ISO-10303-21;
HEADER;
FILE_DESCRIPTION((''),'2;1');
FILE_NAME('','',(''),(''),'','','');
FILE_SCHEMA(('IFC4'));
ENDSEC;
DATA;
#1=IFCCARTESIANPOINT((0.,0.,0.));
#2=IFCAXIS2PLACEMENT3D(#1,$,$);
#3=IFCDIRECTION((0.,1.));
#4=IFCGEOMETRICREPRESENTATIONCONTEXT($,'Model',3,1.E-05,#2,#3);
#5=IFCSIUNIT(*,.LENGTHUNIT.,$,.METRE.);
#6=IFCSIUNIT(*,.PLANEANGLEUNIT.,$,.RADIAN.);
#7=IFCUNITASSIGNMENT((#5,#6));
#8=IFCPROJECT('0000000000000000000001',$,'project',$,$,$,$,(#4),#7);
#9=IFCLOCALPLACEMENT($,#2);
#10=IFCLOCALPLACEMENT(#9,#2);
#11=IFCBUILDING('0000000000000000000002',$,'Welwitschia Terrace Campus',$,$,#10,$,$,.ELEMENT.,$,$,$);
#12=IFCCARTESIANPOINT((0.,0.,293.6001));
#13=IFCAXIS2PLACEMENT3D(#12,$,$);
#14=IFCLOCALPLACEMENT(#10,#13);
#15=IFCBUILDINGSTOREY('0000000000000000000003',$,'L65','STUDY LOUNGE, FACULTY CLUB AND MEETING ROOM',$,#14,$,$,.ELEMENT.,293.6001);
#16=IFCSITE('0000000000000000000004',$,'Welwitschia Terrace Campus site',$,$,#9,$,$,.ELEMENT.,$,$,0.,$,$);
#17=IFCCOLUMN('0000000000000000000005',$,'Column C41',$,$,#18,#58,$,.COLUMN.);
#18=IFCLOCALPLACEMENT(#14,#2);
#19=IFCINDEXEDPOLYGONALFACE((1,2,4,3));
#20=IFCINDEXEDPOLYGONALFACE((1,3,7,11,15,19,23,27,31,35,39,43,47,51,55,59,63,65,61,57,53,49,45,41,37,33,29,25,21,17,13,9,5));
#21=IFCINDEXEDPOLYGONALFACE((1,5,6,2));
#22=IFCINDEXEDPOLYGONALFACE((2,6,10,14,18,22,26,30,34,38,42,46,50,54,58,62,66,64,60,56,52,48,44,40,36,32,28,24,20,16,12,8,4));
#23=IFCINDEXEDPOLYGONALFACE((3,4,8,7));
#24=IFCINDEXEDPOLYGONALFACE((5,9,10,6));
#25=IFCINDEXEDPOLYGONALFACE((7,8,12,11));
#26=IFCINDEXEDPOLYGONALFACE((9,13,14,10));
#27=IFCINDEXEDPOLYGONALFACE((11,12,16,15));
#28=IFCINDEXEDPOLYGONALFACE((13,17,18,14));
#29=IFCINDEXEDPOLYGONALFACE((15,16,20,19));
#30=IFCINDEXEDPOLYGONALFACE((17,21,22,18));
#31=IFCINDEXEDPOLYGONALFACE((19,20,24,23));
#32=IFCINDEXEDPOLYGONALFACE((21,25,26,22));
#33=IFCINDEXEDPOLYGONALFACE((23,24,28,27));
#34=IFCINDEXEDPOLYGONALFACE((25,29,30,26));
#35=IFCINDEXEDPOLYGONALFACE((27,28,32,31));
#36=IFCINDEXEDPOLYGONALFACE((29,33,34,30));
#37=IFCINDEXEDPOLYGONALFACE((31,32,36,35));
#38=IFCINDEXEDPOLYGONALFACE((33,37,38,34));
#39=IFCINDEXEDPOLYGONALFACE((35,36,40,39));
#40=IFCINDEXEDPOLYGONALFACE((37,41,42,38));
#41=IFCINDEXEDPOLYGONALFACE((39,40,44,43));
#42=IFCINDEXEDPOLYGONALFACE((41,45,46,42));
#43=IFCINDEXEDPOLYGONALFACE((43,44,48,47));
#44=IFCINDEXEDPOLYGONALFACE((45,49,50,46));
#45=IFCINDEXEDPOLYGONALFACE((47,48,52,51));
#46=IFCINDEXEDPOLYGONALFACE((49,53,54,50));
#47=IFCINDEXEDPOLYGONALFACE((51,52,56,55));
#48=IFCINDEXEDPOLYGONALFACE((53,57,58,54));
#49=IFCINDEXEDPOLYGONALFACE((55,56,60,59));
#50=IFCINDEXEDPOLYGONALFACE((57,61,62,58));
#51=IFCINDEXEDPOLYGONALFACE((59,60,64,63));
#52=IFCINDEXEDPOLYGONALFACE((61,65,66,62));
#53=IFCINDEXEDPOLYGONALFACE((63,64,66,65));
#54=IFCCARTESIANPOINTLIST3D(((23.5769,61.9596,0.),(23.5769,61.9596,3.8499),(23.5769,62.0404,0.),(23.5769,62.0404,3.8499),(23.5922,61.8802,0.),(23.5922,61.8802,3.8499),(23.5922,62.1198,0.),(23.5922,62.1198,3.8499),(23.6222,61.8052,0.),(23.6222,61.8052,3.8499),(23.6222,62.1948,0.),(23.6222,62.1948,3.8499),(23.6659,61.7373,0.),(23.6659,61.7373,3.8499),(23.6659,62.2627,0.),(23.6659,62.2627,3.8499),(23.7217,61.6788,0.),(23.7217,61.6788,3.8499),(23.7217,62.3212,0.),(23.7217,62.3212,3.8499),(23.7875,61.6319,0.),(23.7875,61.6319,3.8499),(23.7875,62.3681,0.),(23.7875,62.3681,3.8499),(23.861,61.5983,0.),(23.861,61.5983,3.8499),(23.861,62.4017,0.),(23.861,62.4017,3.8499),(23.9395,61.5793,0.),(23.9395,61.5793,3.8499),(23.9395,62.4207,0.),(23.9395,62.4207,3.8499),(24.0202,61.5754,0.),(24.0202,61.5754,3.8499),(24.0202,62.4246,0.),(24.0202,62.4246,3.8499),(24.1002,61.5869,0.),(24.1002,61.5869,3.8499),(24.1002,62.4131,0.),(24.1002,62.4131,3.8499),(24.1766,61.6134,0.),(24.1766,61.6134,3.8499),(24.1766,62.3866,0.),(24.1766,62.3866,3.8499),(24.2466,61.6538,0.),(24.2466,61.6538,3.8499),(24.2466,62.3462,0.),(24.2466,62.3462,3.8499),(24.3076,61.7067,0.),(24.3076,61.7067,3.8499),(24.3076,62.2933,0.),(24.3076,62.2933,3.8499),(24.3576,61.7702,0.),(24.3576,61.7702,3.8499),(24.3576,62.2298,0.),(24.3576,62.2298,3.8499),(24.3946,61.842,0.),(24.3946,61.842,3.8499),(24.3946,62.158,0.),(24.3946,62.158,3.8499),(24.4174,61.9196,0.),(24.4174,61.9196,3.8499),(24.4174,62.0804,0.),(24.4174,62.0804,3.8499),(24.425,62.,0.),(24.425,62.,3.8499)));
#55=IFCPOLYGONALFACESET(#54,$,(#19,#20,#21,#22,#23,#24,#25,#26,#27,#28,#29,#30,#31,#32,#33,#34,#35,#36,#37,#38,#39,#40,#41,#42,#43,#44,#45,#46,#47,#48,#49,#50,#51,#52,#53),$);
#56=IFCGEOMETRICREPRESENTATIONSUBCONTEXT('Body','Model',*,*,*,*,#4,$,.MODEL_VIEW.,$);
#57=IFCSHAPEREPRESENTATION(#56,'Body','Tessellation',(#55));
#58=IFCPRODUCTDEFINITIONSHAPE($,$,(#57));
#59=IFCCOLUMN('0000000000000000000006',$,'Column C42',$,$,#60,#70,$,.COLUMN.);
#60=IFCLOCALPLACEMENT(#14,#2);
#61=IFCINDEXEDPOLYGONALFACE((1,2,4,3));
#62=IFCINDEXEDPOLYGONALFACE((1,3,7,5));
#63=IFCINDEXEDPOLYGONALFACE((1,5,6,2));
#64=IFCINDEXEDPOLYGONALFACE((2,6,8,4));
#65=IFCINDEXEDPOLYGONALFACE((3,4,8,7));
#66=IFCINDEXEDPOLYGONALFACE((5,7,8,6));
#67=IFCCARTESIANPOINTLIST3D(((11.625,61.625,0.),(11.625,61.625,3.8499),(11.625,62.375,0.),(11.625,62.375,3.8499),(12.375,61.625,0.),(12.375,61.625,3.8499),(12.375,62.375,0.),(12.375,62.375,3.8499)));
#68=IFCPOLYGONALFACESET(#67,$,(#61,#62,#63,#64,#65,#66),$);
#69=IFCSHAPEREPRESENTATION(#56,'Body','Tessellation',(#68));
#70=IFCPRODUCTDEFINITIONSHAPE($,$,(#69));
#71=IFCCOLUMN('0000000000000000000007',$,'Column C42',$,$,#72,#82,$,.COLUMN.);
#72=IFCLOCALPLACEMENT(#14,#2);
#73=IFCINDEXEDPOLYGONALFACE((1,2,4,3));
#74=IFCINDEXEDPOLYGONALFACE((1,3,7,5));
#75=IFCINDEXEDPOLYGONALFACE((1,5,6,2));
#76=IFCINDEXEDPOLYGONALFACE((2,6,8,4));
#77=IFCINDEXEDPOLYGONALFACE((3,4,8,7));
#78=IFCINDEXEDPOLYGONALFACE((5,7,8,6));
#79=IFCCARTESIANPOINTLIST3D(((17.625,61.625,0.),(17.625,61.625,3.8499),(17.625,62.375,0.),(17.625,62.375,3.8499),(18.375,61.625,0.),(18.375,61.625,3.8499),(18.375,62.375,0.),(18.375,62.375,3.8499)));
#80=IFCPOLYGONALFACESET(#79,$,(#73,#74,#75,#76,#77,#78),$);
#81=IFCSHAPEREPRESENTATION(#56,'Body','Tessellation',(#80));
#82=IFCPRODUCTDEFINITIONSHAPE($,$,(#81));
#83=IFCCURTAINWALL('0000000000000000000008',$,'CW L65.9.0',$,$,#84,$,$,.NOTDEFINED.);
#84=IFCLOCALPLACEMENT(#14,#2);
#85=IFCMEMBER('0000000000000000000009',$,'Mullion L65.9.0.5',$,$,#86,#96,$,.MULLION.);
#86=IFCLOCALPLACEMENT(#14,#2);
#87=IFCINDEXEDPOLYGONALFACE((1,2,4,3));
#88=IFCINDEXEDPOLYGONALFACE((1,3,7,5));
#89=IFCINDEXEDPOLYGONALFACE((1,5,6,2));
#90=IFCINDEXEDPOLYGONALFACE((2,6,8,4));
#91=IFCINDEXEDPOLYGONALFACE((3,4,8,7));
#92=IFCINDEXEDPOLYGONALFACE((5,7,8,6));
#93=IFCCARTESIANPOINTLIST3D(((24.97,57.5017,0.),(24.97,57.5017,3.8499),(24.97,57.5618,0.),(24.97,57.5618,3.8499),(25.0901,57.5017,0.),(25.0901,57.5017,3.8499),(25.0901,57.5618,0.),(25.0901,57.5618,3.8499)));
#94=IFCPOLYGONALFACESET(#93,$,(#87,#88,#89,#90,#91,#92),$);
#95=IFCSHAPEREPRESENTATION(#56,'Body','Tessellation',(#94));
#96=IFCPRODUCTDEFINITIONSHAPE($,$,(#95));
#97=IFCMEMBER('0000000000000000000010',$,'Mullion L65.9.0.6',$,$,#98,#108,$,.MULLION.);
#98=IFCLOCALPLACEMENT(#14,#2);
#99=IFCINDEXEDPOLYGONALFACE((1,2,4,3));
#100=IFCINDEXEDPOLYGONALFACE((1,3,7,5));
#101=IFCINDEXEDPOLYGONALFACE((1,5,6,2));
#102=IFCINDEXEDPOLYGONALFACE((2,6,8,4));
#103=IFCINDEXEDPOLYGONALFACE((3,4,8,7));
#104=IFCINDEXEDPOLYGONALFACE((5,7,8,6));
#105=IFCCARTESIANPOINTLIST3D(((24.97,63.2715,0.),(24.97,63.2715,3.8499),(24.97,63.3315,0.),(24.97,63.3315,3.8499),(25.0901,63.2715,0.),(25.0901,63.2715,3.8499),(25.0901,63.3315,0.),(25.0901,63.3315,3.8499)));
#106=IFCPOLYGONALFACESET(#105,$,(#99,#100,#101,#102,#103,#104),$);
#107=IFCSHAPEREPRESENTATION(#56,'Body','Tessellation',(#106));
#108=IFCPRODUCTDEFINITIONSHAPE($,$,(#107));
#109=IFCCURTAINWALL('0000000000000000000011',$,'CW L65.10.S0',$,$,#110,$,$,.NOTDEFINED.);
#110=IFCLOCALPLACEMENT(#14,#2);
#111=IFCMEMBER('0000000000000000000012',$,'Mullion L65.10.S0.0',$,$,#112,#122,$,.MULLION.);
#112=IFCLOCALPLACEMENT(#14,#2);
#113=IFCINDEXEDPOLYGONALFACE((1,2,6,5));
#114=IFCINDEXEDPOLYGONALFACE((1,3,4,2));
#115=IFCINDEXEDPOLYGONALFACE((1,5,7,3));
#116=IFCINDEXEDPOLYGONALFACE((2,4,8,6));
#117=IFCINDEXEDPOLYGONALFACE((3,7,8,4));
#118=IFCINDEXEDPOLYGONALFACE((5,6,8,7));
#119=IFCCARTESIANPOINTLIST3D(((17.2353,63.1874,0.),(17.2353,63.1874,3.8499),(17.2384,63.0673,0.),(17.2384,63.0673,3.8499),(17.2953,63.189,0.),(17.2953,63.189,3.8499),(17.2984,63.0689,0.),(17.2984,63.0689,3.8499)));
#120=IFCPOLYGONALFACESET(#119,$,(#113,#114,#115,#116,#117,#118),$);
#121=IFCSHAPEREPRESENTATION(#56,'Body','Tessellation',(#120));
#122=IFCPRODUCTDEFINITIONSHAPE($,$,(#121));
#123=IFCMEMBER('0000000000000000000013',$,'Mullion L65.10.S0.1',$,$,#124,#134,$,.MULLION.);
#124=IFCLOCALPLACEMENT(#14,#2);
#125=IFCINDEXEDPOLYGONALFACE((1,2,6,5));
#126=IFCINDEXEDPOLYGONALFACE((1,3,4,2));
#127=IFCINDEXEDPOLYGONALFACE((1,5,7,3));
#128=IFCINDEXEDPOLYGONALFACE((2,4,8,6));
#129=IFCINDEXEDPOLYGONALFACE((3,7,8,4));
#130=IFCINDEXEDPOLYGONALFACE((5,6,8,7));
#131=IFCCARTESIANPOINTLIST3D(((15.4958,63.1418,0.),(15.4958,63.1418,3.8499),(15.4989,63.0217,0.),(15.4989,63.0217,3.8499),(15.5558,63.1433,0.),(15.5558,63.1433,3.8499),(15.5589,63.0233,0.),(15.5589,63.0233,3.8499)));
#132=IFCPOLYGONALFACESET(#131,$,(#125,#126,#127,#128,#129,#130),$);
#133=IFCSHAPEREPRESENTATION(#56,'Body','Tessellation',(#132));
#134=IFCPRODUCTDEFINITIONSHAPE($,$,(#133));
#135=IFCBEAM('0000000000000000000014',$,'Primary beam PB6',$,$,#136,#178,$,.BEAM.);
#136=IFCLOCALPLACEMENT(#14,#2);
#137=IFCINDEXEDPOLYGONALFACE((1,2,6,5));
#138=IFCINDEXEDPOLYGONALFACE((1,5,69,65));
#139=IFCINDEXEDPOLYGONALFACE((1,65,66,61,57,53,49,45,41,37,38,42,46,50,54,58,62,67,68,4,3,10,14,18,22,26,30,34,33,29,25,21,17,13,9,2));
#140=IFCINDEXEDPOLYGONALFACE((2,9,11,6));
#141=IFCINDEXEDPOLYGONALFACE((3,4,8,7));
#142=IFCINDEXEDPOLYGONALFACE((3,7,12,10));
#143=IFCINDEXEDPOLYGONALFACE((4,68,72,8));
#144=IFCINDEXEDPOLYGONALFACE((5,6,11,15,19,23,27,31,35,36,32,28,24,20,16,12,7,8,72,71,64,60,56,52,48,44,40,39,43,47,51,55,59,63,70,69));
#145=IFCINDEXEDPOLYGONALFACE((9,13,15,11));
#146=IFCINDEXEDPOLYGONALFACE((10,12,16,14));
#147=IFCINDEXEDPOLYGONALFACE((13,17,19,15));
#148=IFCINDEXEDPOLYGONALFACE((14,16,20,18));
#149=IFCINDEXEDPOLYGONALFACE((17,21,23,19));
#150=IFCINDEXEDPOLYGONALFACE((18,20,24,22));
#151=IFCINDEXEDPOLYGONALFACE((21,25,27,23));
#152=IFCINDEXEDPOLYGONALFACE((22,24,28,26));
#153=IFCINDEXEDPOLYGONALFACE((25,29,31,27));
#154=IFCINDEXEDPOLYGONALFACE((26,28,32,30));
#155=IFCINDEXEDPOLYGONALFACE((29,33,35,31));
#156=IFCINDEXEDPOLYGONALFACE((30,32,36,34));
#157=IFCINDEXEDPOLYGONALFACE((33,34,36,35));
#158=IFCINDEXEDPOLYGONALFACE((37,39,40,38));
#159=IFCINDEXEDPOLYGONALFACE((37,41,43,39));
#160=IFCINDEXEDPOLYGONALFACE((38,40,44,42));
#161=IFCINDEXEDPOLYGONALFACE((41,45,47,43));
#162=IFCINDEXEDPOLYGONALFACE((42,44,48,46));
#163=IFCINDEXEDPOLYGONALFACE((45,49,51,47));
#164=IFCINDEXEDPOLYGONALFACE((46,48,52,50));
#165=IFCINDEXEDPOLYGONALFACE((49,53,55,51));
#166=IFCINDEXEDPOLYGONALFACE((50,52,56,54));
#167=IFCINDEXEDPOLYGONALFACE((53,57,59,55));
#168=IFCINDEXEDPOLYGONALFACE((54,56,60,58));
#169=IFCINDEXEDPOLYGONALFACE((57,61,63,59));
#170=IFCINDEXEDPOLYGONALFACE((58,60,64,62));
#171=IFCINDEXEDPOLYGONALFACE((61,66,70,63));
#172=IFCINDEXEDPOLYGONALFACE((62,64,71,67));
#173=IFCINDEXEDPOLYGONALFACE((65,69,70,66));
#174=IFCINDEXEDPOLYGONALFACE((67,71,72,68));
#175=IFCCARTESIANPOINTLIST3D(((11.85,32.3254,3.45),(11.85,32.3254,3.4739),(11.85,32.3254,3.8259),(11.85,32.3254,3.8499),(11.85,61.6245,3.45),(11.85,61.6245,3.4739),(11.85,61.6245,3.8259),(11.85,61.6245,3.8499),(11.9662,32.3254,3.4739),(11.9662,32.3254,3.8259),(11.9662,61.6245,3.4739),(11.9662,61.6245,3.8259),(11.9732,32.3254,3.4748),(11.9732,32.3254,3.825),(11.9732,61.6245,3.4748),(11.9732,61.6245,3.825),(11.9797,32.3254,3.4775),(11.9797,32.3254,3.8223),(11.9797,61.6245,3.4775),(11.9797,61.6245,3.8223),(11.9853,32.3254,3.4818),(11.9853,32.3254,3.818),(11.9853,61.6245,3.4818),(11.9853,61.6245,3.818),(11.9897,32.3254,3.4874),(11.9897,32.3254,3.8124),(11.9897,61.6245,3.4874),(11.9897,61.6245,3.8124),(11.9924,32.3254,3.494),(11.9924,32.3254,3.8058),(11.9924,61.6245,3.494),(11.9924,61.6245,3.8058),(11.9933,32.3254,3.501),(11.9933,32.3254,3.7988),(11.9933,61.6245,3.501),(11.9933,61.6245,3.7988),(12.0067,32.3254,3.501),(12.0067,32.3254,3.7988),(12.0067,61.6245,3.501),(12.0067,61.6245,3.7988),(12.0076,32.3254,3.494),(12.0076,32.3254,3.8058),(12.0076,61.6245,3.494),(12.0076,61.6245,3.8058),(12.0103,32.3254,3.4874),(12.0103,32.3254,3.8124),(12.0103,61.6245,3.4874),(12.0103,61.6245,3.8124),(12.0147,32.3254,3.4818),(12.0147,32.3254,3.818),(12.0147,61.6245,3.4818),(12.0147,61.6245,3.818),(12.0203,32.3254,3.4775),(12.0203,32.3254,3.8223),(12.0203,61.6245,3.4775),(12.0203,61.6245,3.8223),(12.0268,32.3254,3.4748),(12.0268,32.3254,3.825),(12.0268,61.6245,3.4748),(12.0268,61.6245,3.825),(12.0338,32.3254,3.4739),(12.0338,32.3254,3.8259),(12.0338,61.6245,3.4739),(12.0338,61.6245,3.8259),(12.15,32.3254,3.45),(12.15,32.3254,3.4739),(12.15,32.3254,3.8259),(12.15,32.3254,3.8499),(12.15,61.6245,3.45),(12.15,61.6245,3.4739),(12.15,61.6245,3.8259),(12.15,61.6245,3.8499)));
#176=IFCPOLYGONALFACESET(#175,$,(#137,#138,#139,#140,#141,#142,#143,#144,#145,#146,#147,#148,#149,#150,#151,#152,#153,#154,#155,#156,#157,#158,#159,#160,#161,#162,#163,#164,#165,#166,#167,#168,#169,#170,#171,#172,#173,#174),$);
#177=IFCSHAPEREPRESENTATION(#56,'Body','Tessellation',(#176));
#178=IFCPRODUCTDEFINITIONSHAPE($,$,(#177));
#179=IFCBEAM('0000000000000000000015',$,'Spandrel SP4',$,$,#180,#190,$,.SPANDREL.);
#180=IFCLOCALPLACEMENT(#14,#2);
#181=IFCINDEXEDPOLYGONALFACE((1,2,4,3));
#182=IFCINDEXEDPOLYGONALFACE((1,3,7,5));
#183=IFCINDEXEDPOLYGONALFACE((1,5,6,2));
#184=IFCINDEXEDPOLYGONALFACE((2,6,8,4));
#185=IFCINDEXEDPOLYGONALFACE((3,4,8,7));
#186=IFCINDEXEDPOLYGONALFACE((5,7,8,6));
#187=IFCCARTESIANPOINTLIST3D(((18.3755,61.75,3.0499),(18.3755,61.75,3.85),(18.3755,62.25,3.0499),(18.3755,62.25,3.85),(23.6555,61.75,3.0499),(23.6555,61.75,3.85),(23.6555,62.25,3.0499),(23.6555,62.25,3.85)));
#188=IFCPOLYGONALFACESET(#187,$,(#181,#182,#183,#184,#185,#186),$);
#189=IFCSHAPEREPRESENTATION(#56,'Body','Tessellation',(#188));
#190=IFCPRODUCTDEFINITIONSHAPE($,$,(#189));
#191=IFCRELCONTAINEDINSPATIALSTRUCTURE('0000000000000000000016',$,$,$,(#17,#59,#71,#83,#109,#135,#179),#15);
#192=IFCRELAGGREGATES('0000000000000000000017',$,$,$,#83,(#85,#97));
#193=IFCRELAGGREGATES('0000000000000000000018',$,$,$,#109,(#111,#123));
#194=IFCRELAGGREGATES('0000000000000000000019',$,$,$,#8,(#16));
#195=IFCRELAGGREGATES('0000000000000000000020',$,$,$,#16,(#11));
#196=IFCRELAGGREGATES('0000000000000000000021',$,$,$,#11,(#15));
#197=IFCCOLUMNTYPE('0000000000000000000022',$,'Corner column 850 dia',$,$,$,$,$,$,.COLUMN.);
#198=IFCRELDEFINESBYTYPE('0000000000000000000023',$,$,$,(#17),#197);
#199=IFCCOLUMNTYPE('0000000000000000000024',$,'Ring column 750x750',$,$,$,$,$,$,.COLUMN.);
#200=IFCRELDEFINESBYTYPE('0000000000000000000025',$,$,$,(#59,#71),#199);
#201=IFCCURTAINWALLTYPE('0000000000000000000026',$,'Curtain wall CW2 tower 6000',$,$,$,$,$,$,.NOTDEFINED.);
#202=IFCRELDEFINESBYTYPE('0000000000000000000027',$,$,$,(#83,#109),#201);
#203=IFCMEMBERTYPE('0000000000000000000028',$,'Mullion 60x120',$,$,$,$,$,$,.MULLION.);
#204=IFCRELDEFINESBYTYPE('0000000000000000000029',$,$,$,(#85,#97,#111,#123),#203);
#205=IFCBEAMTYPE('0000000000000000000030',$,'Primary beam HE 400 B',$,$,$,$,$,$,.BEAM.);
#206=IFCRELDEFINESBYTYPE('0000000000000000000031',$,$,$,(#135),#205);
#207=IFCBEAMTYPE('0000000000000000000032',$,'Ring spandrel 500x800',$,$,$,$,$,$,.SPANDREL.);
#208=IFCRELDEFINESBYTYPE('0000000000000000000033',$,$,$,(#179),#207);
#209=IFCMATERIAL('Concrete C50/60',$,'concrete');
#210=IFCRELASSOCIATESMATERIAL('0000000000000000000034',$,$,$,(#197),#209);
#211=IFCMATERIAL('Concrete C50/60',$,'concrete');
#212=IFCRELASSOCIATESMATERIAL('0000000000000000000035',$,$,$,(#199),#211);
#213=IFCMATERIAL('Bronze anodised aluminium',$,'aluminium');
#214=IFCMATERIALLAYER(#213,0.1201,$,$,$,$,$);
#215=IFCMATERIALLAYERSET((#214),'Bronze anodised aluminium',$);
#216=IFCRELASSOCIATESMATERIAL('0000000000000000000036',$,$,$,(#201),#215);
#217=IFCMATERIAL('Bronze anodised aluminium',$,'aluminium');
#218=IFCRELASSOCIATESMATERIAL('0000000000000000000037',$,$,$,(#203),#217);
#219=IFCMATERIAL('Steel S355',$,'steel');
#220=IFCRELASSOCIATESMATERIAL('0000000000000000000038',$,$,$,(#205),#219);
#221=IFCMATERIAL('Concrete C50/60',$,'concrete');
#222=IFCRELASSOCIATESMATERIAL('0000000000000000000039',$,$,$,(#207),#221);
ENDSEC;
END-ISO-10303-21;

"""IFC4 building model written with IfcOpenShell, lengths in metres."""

from ifc_helpers import new_model, si_unit, direction, frame, origin, origin_2d, place, context, subcontext, project, spatial, rectangle, circle, i_section, extrude, material, layer, layer_set, material_profile, profile_set, type_object, element, aggregate, save


model = new_model("IFC4")

# Units and contexts
model_context = context("Model", 3, precision=1e-05, world=origin(), true_north=direction((0.0, 1.0)))
body_context = subcontext(model_context, "Body", "Model", "MODEL_VIEW")
ifc_project = project(units=[si_unit("LENGTHUNIT", "METRE"), si_unit("PLANEANGLEUNIT", "RADIAN")], contexts=[model_context])

# Site, building, storey
site_placement = place(None, origin())
site = spatial("IfcSite", under=ifc_project, at=site_placement, Name="Welwitschia Terrace Campus site", CompositionType="ELEMENT", RefElevation=0.0)
building_placement = place(site_placement, origin())
building = spatial("IfcBuilding", under=site, at=building_placement, Name="Welwitschia Terrace Campus", CompositionType="ELEMENT")
storey_placement = place(building_placement, frame((0.0, 0.0, 293.6001)))
storey = spatial("IfcBuildingStorey", under=building, at=storey_placement, Name="L65", Description="STUDY LOUNGE, FACULTY CLUB AND MEETING ROOM", CompositionType="ELEMENT", Elevation=293.6001)

# Columns
ifc_material_1 = material(Name="Concrete C50/60", Category="concrete")
ifc_material_profile_1 = material_profile(ifc_material_1, circle(Radius=0.425, at=origin_2d()))
ifc_profile_set_1 = profile_set([ifc_material_profile_1], Name="Concrete C50/60")
column_type_1 = type_object("IfcColumnType", Name="Corner column 850 dia", PredefinedType="COLUMN", material=ifc_profile_set_1)
column_placement = place(storey_placement, frame((24.0, 62.0, 0.0), z_axis=(0.0, 0.0, 1.0), x_axis=(1.0, 0.0, 0.0)))
element("IfcColumn", 1, at=column_placement, inside=storey, type_object=column_type_1, Name="Column C41", PredefinedType="COLUMN", context=body_context, shape_type="SweptSolid", body=[
    extrude(circle(Radius=0.425, at=origin_2d()), origin(), (0.0, 0.0, 1.0), 3.8499),
])
ifc_material_2 = material(Name="Concrete C50/60", Category="concrete")
ifc_material_profile_2 = material_profile(ifc_material_2, rectangle(XDim=0.75, YDim=0.75, at=origin_2d()))
ifc_profile_set_2 = profile_set([ifc_material_profile_2], Name="Concrete C50/60")
column_type_2 = type_object("IfcColumnType", Name="Ring column 750x750", PredefinedType="COLUMN", material=ifc_profile_set_2)
for number, where, z_axis, x_axis, name in (
    (2, (12.0, 62.0, 0.0), (0.0, 0.0, 1.0), (1.0, 0.0, 0.0), "Column C42"),
    (3, (18.0, 62.0, 0.0), (0.0, 0.0, 1.0), (1.0, 0.0, 0.0), "Column C42"),
):
    element("IfcColumn", number, at=place(storey_placement, frame(where, z_axis=z_axis, x_axis=x_axis)), inside=storey, type_object=column_type_2, Name=name, PredefinedType="COLUMN", context=body_context, shape_type="SweptSolid", body=[
        extrude(rectangle(XDim=0.75, YDim=0.75, at=origin_2d()), origin(), (0.0, 0.0, 1.0), 3.8499),
    ])

# Curtain walls, members
ifc_material_3 = material(Name="Bronze anodised aluminium", Category="aluminium")
ifc_layer_1 = layer(ifc_material_3, 0.1201)
ifc_layer_set_1 = layer_set([ifc_layer_1], Name="Bronze anodised aluminium")
curtain_wall_type = type_object("IfcCurtainWallType", Name="Curtain wall CW2 tower 6000", PredefinedType="NOTDEFINED", material=ifc_layer_set_1)
curtain_wall_1_placement = place(storey_placement, origin())
curtain_wall_1 = element("IfcCurtainWall", 4, at=curtain_wall_1_placement, inside=storey, type_object=curtain_wall_type, Name="CW L65.9.0", PredefinedType="NOTDEFINED")
ifc_material_4 = material(Name="Bronze anodised aluminium", Category="aluminium")
ifc_material_profile_3 = material_profile(ifc_material_4, rectangle(XDim=0.1201, YDim=0.0601, at=origin_2d()))
ifc_profile_set_3 = profile_set([ifc_material_profile_3], Name="Bronze anodised aluminium")
member_type_1 = type_object("IfcMemberType", Name="Mullion 60x120", PredefinedType="MULLION", material=ifc_profile_set_3)
member_1_placement = place(storey_placement, frame((25.03, 57.5317, 0.0), z_axis=(0.0, 0.0, 1.0), x_axis=(-1.0, 0.0, 0.0)))
member_1 = element("IfcMember", 5, at=member_1_placement, type_object=member_type_1, Name="Mullion L65.9.0.5", PredefinedType="MULLION", context=body_context, shape_type="SweptSolid", body=[
    extrude(rectangle(XDim=0.1201, YDim=0.0601, at=origin_2d()), origin(), (0.0, 0.0, 1.0), 3.8499),
])
member_2_placement = place(storey_placement, frame((25.03, 63.3015, 0.0), z_axis=(0.0, 0.0, 1.0), x_axis=(-1.0, 0.0, 0.0)))
member_2 = element("IfcMember", 6, at=member_2_placement, type_object=member_type_1, Name="Mullion L65.9.0.6", PredefinedType="MULLION", context=body_context, shape_type="SweptSolid", body=[
    extrude(rectangle(XDim=0.1201, YDim=0.0601, at=origin_2d()), origin(), (0.0, 0.0, 1.0), 3.8499),
])
curtain_wall_2_placement = place(storey_placement, origin())
curtain_wall_2 = element("IfcCurtainWall", 7, at=curtain_wall_2_placement, inside=storey, type_object=curtain_wall_type, Name="CW L65.10.S0", PredefinedType="NOTDEFINED")
member_3_placement = place(storey_placement, frame((17.2668, 63.1282, 0.0), z_axis=(0.0, 0.0, 1.0), x_axis=(0.026177, -0.999657, 0.0)))
member_3 = element("IfcMember", 8, at=member_3_placement, type_object=member_type_1, Name="Mullion L65.10.S0.0", PredefinedType="MULLION", context=body_context, shape_type="SweptSolid", body=[
    extrude(rectangle(XDim=0.1201, YDim=0.0601, at=origin_2d()), origin(), (0.0, 0.0, 1.0), 3.8499),
])
member_4_placement = place(storey_placement, frame((15.5273, 63.0825, 0.0), z_axis=(0.0, 0.0, 1.0), x_axis=(0.026177, -0.999657, 0.0)))
member_4 = element("IfcMember", 9, at=member_4_placement, type_object=member_type_1, Name="Mullion L65.10.S0.1", PredefinedType="MULLION", context=body_context, shape_type="SweptSolid", body=[
    extrude(rectangle(XDim=0.1201, YDim=0.0601, at=origin_2d()), origin(), (0.0, 0.0, 1.0), 3.8499),
])

# Beams
ifc_material_5 = material(Name="Steel S355", Category="steel")
ifc_material_profile_4 = material_profile(ifc_material_5, i_section(OverallWidth=0.3, OverallDepth=0.3999, WebThickness=0.0134, FlangeThickness=0.0239, FilletRadius=0.0271, at=origin_2d()))
ifc_profile_set_4 = profile_set([ifc_material_profile_4], Name="Steel S355")
beam_type_1 = type_object("IfcBeamType", Name="Primary beam HE 400 B", PredefinedType="BEAM", material=ifc_profile_set_4)
beam_1_placement = place(storey_placement, frame((12.0, 61.6245, 3.6499), z_axis=(0.0, -1.0, 0.0), x_axis=(1.0, 0.0, 0.0)))
element("IfcBeam", 10, at=beam_1_placement, inside=storey, type_object=beam_type_1, Name="Primary beam PB6", PredefinedType="BEAM", context=body_context, shape_type="SweptSolid", body=[
    extrude(i_section(OverallWidth=0.3, OverallDepth=0.3999, WebThickness=0.0134, FlangeThickness=0.0239, FilletRadius=0.0271, at=origin_2d()), origin(), (0.0, 0.0, 1.0), 29.2991),
])
ifc_material_6 = material(Name="Concrete C50/60", Category="concrete")
ifc_material_profile_5 = material_profile(ifc_material_6, rectangle(XDim=0.5, YDim=0.8, at=origin_2d()))
ifc_profile_set_5 = profile_set([ifc_material_profile_5], Name="Concrete C50/60")
beam_type_2 = type_object("IfcBeamType", Name="Ring spandrel 500x800", PredefinedType="SPANDREL", material=ifc_profile_set_5)
beam_2_placement = place(storey_placement, frame((23.6555, 62.0, 3.45), z_axis=(-1.0, 0.0, 0.0), x_axis=(0.0, -1.0, 0.0)))
element("IfcBeam", 11, at=beam_2_placement, inside=storey, type_object=beam_type_2, Name="Spandrel SP4", PredefinedType="SPANDREL", context=body_context, shape_type="SweptSolid", body=[
    extrude(rectangle(XDim=0.5, YDim=0.8, at=origin_2d()), origin(), (0.0, 0.0, 1.0), 5.28),
])

aggregate(curtain_wall_1, [member_1, member_2])
aggregate(curtain_wall_2, [member_3, member_4])

save(model, "model.ifc")
